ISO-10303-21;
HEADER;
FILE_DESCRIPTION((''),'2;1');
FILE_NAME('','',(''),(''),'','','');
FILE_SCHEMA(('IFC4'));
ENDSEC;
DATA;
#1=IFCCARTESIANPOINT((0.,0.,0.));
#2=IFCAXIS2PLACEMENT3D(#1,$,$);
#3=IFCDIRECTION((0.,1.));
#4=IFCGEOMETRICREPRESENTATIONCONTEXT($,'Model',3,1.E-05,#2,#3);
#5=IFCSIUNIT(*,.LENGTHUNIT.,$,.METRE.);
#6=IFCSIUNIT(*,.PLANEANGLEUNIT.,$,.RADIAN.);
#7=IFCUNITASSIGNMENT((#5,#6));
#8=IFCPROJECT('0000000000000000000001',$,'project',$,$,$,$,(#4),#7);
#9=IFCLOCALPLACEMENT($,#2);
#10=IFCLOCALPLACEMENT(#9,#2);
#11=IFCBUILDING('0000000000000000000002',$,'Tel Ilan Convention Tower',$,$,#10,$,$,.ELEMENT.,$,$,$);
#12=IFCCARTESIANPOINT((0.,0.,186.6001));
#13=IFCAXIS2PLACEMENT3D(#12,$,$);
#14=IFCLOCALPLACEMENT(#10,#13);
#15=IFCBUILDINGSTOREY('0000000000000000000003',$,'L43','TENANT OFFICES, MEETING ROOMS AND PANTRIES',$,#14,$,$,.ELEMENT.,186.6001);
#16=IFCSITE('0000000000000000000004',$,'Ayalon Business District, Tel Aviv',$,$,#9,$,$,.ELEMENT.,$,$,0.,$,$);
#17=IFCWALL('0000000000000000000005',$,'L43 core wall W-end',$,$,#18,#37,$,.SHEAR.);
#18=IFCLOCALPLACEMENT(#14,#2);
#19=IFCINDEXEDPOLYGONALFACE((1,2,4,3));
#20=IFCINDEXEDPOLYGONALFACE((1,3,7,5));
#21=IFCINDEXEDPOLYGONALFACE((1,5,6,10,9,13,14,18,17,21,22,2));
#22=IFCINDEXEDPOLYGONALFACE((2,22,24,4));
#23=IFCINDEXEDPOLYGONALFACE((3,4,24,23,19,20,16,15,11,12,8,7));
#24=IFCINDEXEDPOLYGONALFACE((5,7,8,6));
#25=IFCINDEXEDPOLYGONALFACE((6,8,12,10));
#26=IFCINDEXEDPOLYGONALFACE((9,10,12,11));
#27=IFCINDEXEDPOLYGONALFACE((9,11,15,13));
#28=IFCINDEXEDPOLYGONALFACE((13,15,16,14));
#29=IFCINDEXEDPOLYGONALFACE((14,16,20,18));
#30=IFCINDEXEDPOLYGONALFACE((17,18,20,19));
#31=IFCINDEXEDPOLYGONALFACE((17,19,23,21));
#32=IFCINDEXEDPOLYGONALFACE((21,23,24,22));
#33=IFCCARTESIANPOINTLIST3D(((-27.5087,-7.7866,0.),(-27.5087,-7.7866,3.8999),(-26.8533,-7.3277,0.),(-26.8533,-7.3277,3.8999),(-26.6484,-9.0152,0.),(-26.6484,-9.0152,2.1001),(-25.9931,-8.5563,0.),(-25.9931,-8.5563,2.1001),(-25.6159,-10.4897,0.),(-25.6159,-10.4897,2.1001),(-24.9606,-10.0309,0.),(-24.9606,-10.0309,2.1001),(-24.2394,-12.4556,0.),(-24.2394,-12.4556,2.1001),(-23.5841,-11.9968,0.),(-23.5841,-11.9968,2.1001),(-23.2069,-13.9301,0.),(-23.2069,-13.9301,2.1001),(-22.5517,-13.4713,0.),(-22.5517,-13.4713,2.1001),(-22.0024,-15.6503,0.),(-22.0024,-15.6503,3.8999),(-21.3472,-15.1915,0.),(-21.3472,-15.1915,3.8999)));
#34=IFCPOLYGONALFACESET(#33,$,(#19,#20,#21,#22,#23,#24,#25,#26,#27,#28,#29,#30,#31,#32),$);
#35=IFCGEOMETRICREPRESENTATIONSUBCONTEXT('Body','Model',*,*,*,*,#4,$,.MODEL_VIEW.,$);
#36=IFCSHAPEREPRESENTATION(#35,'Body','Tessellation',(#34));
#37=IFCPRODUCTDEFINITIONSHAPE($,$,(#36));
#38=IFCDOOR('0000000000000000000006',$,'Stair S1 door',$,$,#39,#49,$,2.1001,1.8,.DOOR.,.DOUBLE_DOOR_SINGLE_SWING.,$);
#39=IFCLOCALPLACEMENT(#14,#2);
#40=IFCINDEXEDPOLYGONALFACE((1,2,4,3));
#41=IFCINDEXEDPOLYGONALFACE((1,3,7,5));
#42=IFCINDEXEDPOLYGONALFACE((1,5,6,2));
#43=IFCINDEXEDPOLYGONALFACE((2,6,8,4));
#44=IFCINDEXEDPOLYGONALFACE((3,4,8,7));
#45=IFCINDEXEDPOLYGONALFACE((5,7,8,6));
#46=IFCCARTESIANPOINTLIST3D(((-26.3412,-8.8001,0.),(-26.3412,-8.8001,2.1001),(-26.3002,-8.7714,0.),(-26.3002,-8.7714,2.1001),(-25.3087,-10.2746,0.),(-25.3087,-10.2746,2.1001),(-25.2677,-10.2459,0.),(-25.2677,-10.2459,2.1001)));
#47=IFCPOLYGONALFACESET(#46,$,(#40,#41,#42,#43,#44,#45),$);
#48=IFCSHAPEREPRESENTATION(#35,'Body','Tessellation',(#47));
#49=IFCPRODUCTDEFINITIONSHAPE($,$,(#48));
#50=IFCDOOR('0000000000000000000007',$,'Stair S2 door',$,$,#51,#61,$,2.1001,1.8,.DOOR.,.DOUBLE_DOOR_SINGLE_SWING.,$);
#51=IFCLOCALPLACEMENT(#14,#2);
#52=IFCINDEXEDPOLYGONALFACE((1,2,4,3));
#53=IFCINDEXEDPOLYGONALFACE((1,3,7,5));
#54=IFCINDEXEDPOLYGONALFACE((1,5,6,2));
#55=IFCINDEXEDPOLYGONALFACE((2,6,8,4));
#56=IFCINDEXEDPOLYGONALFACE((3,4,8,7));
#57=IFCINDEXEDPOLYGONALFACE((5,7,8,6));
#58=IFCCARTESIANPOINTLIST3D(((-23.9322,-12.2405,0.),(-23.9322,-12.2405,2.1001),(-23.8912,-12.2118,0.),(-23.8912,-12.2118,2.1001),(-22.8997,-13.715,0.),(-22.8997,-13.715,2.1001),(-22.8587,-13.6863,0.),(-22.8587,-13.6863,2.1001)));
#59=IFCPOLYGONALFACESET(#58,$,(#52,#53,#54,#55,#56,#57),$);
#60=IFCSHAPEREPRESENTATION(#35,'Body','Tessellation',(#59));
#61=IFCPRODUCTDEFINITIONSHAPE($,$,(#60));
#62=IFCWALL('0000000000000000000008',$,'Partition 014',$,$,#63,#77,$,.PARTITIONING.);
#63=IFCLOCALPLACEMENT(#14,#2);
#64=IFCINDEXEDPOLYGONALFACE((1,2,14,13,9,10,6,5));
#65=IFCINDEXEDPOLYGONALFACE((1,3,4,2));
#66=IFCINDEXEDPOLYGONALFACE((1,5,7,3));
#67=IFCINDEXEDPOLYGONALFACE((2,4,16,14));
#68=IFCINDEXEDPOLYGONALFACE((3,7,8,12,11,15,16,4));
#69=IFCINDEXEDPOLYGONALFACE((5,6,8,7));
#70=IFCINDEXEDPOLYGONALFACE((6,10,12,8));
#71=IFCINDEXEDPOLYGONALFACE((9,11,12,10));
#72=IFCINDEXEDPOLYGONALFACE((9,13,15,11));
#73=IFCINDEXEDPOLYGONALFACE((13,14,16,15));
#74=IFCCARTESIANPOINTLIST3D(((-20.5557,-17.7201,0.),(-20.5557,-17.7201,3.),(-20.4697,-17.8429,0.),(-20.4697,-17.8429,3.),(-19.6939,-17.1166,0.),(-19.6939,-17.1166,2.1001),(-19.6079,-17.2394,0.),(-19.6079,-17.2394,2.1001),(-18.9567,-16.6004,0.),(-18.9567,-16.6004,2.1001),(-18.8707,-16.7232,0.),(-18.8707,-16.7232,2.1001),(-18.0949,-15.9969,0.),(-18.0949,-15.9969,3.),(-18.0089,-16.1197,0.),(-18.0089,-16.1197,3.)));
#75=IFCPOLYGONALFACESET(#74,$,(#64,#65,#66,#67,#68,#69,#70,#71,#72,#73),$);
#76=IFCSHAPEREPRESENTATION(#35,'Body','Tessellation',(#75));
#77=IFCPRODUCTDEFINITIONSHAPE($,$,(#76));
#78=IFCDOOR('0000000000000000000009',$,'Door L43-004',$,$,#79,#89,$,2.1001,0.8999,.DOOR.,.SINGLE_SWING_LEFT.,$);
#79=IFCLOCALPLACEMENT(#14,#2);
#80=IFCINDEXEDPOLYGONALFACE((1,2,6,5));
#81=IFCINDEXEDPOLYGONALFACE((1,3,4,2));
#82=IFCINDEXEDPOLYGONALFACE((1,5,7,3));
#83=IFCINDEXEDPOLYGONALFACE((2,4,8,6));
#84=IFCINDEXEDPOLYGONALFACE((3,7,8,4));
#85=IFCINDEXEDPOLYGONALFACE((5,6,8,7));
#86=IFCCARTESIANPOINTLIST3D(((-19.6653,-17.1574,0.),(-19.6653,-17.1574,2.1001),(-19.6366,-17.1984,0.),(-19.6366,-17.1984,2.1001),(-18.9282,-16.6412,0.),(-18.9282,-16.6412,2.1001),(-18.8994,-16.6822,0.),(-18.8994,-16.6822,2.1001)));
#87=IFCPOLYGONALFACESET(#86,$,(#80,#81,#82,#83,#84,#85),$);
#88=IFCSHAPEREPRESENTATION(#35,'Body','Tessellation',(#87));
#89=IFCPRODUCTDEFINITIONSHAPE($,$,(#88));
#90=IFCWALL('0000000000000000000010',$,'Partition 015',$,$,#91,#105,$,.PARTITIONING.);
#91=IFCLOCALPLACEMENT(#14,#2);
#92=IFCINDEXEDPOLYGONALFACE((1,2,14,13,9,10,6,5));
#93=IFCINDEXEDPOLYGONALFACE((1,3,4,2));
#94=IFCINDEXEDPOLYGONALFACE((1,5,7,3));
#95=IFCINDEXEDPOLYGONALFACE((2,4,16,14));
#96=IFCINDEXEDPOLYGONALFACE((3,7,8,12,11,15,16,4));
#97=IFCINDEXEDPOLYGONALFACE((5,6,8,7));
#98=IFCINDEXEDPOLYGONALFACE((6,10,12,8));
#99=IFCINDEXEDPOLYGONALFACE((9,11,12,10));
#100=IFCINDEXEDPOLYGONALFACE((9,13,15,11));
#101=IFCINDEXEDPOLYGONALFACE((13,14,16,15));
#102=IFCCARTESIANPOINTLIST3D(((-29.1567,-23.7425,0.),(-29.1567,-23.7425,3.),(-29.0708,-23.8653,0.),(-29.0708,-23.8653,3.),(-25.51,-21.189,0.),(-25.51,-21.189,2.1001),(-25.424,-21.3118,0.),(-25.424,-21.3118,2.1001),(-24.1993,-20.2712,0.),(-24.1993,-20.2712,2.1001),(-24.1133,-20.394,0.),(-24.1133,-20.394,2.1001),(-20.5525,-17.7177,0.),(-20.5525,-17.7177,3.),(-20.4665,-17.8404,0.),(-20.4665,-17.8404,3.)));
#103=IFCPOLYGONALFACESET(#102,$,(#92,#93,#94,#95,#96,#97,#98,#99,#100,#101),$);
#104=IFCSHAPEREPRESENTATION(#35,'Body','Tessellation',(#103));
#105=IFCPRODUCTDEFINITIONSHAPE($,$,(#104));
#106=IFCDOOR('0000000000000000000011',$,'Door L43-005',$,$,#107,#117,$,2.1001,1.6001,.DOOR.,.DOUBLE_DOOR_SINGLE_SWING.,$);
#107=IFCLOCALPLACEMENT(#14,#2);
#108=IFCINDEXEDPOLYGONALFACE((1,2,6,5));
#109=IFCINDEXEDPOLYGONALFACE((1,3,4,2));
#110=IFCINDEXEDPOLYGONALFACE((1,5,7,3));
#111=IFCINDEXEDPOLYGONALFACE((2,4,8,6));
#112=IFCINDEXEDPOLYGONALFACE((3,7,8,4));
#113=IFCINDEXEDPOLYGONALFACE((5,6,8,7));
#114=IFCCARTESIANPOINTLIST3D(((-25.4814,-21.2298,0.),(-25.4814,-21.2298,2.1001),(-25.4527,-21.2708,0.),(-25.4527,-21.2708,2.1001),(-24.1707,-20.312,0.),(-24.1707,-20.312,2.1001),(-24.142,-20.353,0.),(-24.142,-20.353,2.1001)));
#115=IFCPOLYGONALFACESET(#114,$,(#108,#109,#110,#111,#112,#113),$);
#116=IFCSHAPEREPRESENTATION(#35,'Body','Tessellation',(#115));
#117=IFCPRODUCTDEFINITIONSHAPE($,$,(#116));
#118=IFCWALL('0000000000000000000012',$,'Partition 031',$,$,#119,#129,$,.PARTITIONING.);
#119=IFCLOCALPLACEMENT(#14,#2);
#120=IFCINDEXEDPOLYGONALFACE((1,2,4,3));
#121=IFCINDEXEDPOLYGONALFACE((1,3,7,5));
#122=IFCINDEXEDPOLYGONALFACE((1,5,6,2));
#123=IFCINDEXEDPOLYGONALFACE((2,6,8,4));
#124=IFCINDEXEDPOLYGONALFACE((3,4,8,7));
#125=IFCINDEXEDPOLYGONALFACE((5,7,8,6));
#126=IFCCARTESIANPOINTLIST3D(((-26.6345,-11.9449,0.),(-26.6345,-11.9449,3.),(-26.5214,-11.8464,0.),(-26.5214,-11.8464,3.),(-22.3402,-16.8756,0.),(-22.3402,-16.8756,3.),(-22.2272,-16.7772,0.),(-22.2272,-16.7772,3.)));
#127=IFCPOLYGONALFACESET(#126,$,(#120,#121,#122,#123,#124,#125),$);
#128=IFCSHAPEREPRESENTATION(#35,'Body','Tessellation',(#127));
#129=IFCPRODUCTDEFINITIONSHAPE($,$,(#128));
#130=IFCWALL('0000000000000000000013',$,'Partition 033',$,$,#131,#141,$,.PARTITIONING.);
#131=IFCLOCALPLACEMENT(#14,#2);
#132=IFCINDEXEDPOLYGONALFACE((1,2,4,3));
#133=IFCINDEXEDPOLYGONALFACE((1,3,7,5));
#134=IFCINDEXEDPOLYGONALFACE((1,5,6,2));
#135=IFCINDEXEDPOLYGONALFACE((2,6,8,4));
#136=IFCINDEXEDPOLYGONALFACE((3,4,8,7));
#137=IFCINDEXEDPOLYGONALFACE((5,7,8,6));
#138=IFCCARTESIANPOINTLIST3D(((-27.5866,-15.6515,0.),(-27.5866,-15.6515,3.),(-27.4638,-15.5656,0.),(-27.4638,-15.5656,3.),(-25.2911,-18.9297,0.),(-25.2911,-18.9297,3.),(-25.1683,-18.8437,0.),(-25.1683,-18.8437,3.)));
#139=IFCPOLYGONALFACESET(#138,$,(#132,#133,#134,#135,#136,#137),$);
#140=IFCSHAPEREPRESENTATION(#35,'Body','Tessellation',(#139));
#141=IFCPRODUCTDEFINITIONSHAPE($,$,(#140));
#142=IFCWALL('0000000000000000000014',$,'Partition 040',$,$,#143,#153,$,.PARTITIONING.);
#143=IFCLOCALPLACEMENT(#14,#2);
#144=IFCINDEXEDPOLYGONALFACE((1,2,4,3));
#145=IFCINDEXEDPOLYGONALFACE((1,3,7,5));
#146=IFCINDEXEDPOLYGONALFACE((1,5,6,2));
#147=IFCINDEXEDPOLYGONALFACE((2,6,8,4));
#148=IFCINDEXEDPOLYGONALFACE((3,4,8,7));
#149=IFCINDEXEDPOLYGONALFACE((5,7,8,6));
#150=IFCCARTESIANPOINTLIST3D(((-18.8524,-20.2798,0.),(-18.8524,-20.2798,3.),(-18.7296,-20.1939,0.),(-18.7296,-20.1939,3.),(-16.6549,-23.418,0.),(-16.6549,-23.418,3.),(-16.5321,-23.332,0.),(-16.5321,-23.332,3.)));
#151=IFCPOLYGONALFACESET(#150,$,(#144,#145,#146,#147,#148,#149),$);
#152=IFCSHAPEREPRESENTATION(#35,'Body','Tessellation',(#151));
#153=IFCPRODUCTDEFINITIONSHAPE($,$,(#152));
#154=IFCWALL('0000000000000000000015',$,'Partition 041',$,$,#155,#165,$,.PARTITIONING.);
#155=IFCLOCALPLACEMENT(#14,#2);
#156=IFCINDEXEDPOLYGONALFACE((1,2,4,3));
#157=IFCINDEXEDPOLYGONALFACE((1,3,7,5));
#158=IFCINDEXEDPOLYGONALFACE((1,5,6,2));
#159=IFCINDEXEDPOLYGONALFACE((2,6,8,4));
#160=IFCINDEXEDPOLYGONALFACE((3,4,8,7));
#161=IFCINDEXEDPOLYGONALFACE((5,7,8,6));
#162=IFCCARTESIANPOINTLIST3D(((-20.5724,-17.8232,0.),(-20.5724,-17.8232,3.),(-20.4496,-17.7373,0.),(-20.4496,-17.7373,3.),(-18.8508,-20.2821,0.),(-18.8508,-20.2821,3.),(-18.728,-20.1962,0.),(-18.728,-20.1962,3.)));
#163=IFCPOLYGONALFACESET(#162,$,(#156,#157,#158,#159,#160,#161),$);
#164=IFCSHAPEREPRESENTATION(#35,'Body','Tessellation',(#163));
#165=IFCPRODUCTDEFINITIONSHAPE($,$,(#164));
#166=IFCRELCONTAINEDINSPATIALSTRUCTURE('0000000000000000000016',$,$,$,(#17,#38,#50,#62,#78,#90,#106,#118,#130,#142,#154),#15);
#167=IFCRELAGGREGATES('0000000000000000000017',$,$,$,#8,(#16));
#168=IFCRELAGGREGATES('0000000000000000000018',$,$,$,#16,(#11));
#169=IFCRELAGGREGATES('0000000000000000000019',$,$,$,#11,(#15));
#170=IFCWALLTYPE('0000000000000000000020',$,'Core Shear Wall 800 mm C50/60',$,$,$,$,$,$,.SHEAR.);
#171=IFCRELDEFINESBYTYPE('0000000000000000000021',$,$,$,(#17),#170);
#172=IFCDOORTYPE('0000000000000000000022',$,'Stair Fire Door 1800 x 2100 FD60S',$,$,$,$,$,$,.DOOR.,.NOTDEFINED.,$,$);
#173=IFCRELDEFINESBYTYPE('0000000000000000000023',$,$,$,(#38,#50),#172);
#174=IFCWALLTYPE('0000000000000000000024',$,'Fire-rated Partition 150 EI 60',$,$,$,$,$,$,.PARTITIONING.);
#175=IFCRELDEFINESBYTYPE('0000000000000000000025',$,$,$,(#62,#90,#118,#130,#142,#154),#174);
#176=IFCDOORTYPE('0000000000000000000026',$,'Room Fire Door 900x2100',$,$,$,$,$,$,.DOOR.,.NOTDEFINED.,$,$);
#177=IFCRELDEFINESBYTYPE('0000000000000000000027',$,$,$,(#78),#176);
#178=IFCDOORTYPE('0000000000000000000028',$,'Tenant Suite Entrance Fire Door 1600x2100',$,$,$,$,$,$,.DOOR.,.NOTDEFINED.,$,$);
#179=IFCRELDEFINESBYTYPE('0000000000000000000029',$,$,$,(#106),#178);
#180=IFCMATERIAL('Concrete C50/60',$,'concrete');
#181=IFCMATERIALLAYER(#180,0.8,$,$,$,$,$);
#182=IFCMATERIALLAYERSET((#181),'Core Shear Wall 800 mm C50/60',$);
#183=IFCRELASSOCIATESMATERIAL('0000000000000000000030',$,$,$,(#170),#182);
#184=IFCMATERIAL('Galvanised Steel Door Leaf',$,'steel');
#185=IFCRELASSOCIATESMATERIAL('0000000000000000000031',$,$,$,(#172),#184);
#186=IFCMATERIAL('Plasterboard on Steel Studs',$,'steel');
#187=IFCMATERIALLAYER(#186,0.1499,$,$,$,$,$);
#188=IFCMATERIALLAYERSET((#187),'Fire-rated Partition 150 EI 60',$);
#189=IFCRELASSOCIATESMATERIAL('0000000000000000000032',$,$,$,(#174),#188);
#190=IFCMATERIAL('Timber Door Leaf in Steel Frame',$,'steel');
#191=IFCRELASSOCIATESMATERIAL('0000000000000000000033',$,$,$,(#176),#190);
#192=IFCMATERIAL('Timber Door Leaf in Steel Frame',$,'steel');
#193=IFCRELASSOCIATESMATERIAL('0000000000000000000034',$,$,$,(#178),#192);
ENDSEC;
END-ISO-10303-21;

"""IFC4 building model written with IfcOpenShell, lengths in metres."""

from ifc_helpers import new_model, si_unit, direction, frame, frame_2d, origin, place, context, subcontext, project, spatial, polyline, rectangle, outline, extrude, material, layer, layer_set, type_object, element, fill, save


model = new_model("IFC4")

# Units and contexts
model_context = context("Model", 3, precision=1e-05, world=origin(), true_north=direction((0.0, 1.0)))
body_context = subcontext(model_context, "Body", "Model", "MODEL_VIEW")
ifc_project = project(units=[si_unit("LENGTHUNIT", "METRE"), si_unit("PLANEANGLEUNIT", "RADIAN")], contexts=[model_context])

# Site, building, storey
site_placement = place(None, origin())
site = spatial("IfcSite", under=ifc_project, at=site_placement, Name="Ayalon Business District, Tel Aviv", CompositionType="ELEMENT", RefElevation=0.0)
building_placement = place(site_placement, origin())
building = spatial("IfcBuilding", under=site, at=building_placement, Name="Tel Ilan Convention Tower", CompositionType="ELEMENT")
storey_placement = place(building_placement, frame((0.0, 0.0, 186.6001)))
storey = spatial("IfcBuildingStorey", under=building, at=storey_placement, Name="L43", Description="TENANT OFFICES, MEETING ROOMS AND PANTRIES", CompositionType="ELEMENT", Elevation=186.6001)

# Wall, openings, doors
ifc_material_1 = material(Name="Concrete C50/60", Category="concrete")
ifc_layer_1 = layer(ifc_material_1, 0.8)
ifc_layer_set_1 = layer_set([ifc_layer_1], Name="Core Shear Wall 800 mm C50/60")
wall_type_1 = type_object("IfcWallType", Name="Core Shear Wall 800 mm C50/60", PredefinedType="SHEAR", material=ifc_layer_set_1)
wall_1_placement = place(storey_placement, frame((-21.6748, -15.4209, 0.0), z_axis=(0.0, 0.0, 1.0), x_axis=(-0.573582, 0.819148, 0.0)))
wall_1 = element("IfcWall", 1, at=wall_1_placement, inside=storey, type_object=wall_type_1, Name="L43 core wall W-end", PredefinedType="SHEAR", context=body_context, shape_type="SweptSolid", body=[
    extrude(outline(polyline([(0.0, 0.3999), (0.0, -0.3999), (9.5999, -0.4001), (9.5999, 0.3999), (0.0, 0.3999)])), origin(), (0.0, 0.0, 1.0), 3.8999),
])
opening_1_placement = place(wall_1_placement, frame((6.3, 0.0, 0.0)))
opening_1 = element("IfcOpeningElement", 2, at=opening_1_placement, cuts=wall_1, PredefinedType="OPENING", context=body_context, shape_type="SweptSolid", body=[
    extrude(rectangle(XDim=1.8, YDim=2.1001, at=frame_2d((0.8999, 1.05))), frame((0.0, 0.4099, 0.0), z_axis=(0.0, -1.0, 0.0), x_axis=(1.0, 0.0, 0.0)), (0.0, 0.0, 1.0), 0.8201),
])
opening_2_placement = place(wall_1_placement, frame((2.1001, 0.0, 0.0)))
opening_2 = element("IfcOpeningElement", 3, at=opening_2_placement, cuts=wall_1, PredefinedType="OPENING", context=body_context, shape_type="SweptSolid", body=[
    extrude(rectangle(XDim=1.8, YDim=2.1001, at=frame_2d((0.8999, 1.05))), frame((0.0, 0.4099, 0.0), z_axis=(0.0, -1.0, 0.0), x_axis=(1.0, 0.0, 0.0)), (0.0, 0.0, 1.0), 0.8201),
])
ifc_material_2 = material(Name="Galvanised Steel Door Leaf", Category="steel")
door_type_1 = type_object("IfcDoorType", Name="Stair Fire Door 1800 x 2100 FD60S", OperationType="NOTDEFINED", PredefinedType="DOOR", material=ifc_material_2)
door_1_placement = place(opening_1_placement, origin())
door_1 = element("IfcDoor", 4, at=door_1_placement, inside=storey, type_object=door_type_1, Name="Stair S1 door", OperationType="DOUBLE_DOOR_SINGLE_SWING", OverallHeight=2.1001, OverallWidth=1.8, PredefinedType="DOOR", context=body_context, shape_type="SweptSolid", body=[
    extrude(rectangle(XDim=1.8, YDim=2.1001, at=frame_2d((0.8999, 1.05))), frame((0.0, 0.0249, 0.0), z_axis=(0.0, -1.0, 0.0), x_axis=(1.0, 0.0, 0.0)), (0.0, 0.0, 1.0), 0.05),
])
fill(opening_1, door_1)
door_2_placement = place(opening_2_placement, origin())
door_2 = element("IfcDoor", 5, at=door_2_placement, inside=storey, type_object=door_type_1, Name="Stair S2 door", OperationType="DOUBLE_DOOR_SINGLE_SWING", OverallHeight=2.1001, OverallWidth=1.8, PredefinedType="DOOR", context=body_context, shape_type="SweptSolid", body=[
    extrude(rectangle(XDim=1.8, YDim=2.1001, at=frame_2d((0.8999, 1.05))), frame((0.0, 0.0249, 0.0), z_axis=(0.0, -1.0, 0.0), x_axis=(1.0, 0.0, 0.0)), (0.0, 0.0, 1.0), 0.05),
])
fill(opening_2, door_2)

# Walls, openings, doors
ifc_material_3 = material(Name="Plasterboard on Steel Studs", Category="steel")
ifc_layer_2 = layer(ifc_material_3, 0.1499)
ifc_layer_set_2 = layer_set([ifc_layer_2], Name="Fire-rated Partition 150 EI 60")
wall_type_2 = type_object("IfcWallType", Name="Fire-rated Partition 150 EI 60", PredefinedType="PARTITIONING", material=ifc_layer_set_2)
wall_2_placement = place(storey_placement, frame((-18.052, -16.0583, 0.0), z_axis=(0.0, 0.0, 1.0), x_axis=(-0.819129, -0.57361, 0.0)))
wall_2 = element("IfcWall", 6, at=wall_2_placement, inside=storey, type_object=wall_type_2, Name="Partition 014", PredefinedType="PARTITIONING", context=body_context, shape_type="SweptSolid", body=[
    extrude(rectangle(XDim=3.0042, YDim=0.1499, at=frame_2d((1.502, 0.0))), origin(), (0.0, 0.0, 1.0), 3.0),
])
opening_3_placement = place(wall_2_placement, frame((1.052, 0.0, 0.0)))
opening_3 = element("IfcOpeningElement", 7, at=opening_3_placement, cuts=wall_2, PredefinedType="OPENING", context=body_context, shape_type="SweptSolid", body=[
    extrude(rectangle(XDim=0.8999, YDim=2.1001, at=frame_2d((0.45, 1.05))), frame((0.0, 0.085, 0.0), z_axis=(0.0, -1.0, 0.0), x_axis=(1.0, 0.0, 0.0)), (0.0, 0.0, 1.0), 0.1699),
])
ifc_material_4 = material(Name="Timber Door Leaf in Steel Frame", Category="steel")
door_type_2 = type_object("IfcDoorType", Name="Room Fire Door 900x2100", OperationType="NOTDEFINED", PredefinedType="DOOR", material=ifc_material_4)
door_3_placement = place(opening_3_placement, origin())
door_3 = element("IfcDoor", 8, at=door_3_placement, inside=storey, type_object=door_type_2, Name="Door L43-004", OperationType="SINGLE_SWING_LEFT", OverallHeight=2.1001, OverallWidth=0.8999, PredefinedType="DOOR", context=body_context, shape_type="SweptSolid", body=[
    extrude(rectangle(XDim=0.8999, YDim=2.1001, at=frame_2d((0.45, 1.05))), frame((0.0, 0.0249, 0.0), z_axis=(0.0, -1.0, 0.0), x_axis=(1.0, 0.0, 0.0)), (0.0, 0.0, 1.0), 0.05),
])
fill(opening_3, door_3)
wall_3_placement = place(storey_placement, frame((-20.5095, -17.7791, 0.0), z_axis=(0.0, 0.0, 1.0), x_axis=(-0.819146, -0.573586, 0.0)))
wall_3 = element("IfcWall", 9, at=wall_3_placement, inside=storey, type_object=wall_type_2, Name="Partition 015", PredefinedType="PARTITIONING", context=body_context, shape_type="SweptSolid", body=[
    extrude(rectangle(XDim=10.5039, YDim=0.1499, at=frame_2d((5.252, 0.0))), origin(), (0.0, 0.0, 1.0), 3.0),
])
opening_4_placement = place(wall_3_placement, frame((4.4519, 0.0, 0.0)))
opening_4 = element("IfcOpeningElement", 10, at=opening_4_placement, cuts=wall_3, PredefinedType="OPENING", context=body_context, shape_type="SweptSolid", body=[
    extrude(rectangle(XDim=1.6001, YDim=2.1001, at=frame_2d((0.8, 1.05))), frame((0.0, 0.085, 0.0), z_axis=(0.0, -1.0, 0.0), x_axis=(1.0, 0.0, 0.0)), (0.0, 0.0, 1.0), 0.1699),
])
ifc_material_5 = material(Name="Timber Door Leaf in Steel Frame", Category="steel")
door_type_3 = type_object("IfcDoorType", Name="Tenant Suite Entrance Fire Door 1600x2100", OperationType="NOTDEFINED", PredefinedType="DOOR", material=ifc_material_5)
door_4_placement = place(opening_4_placement, origin())
door_4 = element("IfcDoor", 11, at=door_4_placement, inside=storey, type_object=door_type_3, Name="Door L43-005", OperationType="DOUBLE_DOOR_SINGLE_SWING", OverallHeight=2.1001, OverallWidth=1.6001, PredefinedType="DOOR", context=body_context, shape_type="SweptSolid", body=[
    extrude(rectangle(XDim=1.6001, YDim=2.1001, at=frame_2d((0.8, 1.05))), frame((0.0, 0.0249, 0.0), z_axis=(0.0, -1.0, 0.0), x_axis=(1.0, 0.0, 0.0)), (0.0, 0.0, 1.0), 0.05),
])
fill(opening_4, door_4)

# Walls
wall_4_placement = place(storey_placement, frame((-22.2837, -16.8264, 0.0), z_axis=(0.0, 0.0, 1.0), x_axis=(-0.656758, 0.754101, 0.0)))
element("IfcWall", 12, at=wall_4_placement, inside=storey, type_object=wall_type_2, Name="Partition 031", PredefinedType="PARTITIONING", context=body_context, shape_type="SweptSolid", body=[
    extrude(rectangle(XDim=6.5386, YDim=0.1499, at=frame_2d((3.2693, 0.0))), origin(), (0.0, 0.0, 1.0), 3.0),
])
wall_5_placement = place(storey_placement, frame((-25.2297, -18.8867, 0.0), z_axis=(0.0, 0.0, 1.0), x_axis=(-0.573589, 0.819143, 0.0)))
element("IfcWall", 13, at=wall_5_placement, inside=storey, type_object=wall_type_2, Name="Partition 033", PredefinedType="PARTITIONING", context=body_context, shape_type="SweptSolid", body=[
    extrude(rectangle(XDim=4.002, YDim=0.1499, at=frame_2d((2.001, 0.0))), origin(), (0.0, 0.0, 1.0), 3.0),
])
wall_6_placement = place(storey_placement, frame((-16.5935, -23.375, 0.0), z_axis=(0.0, 0.0, 1.0), x_axis=(-0.573599, 0.819136, 0.0)))
element("IfcWall", 14, at=wall_6_placement, inside=storey, type_object=wall_type_2, Name="Partition 040", PredefinedType="PARTITIONING", context=body_context, shape_type="SweptSolid", body=[
    extrude(rectangle(XDim=3.8311, YDim=0.1499, at=frame_2d((1.9155, 0.0))), origin(), (0.0, 0.0, 1.0), 3.0),
])
wall_7_placement = place(storey_placement, frame((-18.7893, -20.2393, 0.0), z_axis=(0.0, 0.0, 1.0), x_axis=(-0.57355, 0.819171, 0.0)))
element("IfcWall", 15, at=wall_7_placement, inside=storey, type_object=wall_type_2, Name="Partition 041", PredefinedType="PARTITIONING", context=body_context, shape_type="SweptSolid", body=[
    extrude(rectangle(XDim=3.0017, YDim=0.1499, at=frame_2d((1.501, 0.0))), origin(), (0.0, 0.0, 1.0), 3.0),
])

save(model, "model.ifc")
